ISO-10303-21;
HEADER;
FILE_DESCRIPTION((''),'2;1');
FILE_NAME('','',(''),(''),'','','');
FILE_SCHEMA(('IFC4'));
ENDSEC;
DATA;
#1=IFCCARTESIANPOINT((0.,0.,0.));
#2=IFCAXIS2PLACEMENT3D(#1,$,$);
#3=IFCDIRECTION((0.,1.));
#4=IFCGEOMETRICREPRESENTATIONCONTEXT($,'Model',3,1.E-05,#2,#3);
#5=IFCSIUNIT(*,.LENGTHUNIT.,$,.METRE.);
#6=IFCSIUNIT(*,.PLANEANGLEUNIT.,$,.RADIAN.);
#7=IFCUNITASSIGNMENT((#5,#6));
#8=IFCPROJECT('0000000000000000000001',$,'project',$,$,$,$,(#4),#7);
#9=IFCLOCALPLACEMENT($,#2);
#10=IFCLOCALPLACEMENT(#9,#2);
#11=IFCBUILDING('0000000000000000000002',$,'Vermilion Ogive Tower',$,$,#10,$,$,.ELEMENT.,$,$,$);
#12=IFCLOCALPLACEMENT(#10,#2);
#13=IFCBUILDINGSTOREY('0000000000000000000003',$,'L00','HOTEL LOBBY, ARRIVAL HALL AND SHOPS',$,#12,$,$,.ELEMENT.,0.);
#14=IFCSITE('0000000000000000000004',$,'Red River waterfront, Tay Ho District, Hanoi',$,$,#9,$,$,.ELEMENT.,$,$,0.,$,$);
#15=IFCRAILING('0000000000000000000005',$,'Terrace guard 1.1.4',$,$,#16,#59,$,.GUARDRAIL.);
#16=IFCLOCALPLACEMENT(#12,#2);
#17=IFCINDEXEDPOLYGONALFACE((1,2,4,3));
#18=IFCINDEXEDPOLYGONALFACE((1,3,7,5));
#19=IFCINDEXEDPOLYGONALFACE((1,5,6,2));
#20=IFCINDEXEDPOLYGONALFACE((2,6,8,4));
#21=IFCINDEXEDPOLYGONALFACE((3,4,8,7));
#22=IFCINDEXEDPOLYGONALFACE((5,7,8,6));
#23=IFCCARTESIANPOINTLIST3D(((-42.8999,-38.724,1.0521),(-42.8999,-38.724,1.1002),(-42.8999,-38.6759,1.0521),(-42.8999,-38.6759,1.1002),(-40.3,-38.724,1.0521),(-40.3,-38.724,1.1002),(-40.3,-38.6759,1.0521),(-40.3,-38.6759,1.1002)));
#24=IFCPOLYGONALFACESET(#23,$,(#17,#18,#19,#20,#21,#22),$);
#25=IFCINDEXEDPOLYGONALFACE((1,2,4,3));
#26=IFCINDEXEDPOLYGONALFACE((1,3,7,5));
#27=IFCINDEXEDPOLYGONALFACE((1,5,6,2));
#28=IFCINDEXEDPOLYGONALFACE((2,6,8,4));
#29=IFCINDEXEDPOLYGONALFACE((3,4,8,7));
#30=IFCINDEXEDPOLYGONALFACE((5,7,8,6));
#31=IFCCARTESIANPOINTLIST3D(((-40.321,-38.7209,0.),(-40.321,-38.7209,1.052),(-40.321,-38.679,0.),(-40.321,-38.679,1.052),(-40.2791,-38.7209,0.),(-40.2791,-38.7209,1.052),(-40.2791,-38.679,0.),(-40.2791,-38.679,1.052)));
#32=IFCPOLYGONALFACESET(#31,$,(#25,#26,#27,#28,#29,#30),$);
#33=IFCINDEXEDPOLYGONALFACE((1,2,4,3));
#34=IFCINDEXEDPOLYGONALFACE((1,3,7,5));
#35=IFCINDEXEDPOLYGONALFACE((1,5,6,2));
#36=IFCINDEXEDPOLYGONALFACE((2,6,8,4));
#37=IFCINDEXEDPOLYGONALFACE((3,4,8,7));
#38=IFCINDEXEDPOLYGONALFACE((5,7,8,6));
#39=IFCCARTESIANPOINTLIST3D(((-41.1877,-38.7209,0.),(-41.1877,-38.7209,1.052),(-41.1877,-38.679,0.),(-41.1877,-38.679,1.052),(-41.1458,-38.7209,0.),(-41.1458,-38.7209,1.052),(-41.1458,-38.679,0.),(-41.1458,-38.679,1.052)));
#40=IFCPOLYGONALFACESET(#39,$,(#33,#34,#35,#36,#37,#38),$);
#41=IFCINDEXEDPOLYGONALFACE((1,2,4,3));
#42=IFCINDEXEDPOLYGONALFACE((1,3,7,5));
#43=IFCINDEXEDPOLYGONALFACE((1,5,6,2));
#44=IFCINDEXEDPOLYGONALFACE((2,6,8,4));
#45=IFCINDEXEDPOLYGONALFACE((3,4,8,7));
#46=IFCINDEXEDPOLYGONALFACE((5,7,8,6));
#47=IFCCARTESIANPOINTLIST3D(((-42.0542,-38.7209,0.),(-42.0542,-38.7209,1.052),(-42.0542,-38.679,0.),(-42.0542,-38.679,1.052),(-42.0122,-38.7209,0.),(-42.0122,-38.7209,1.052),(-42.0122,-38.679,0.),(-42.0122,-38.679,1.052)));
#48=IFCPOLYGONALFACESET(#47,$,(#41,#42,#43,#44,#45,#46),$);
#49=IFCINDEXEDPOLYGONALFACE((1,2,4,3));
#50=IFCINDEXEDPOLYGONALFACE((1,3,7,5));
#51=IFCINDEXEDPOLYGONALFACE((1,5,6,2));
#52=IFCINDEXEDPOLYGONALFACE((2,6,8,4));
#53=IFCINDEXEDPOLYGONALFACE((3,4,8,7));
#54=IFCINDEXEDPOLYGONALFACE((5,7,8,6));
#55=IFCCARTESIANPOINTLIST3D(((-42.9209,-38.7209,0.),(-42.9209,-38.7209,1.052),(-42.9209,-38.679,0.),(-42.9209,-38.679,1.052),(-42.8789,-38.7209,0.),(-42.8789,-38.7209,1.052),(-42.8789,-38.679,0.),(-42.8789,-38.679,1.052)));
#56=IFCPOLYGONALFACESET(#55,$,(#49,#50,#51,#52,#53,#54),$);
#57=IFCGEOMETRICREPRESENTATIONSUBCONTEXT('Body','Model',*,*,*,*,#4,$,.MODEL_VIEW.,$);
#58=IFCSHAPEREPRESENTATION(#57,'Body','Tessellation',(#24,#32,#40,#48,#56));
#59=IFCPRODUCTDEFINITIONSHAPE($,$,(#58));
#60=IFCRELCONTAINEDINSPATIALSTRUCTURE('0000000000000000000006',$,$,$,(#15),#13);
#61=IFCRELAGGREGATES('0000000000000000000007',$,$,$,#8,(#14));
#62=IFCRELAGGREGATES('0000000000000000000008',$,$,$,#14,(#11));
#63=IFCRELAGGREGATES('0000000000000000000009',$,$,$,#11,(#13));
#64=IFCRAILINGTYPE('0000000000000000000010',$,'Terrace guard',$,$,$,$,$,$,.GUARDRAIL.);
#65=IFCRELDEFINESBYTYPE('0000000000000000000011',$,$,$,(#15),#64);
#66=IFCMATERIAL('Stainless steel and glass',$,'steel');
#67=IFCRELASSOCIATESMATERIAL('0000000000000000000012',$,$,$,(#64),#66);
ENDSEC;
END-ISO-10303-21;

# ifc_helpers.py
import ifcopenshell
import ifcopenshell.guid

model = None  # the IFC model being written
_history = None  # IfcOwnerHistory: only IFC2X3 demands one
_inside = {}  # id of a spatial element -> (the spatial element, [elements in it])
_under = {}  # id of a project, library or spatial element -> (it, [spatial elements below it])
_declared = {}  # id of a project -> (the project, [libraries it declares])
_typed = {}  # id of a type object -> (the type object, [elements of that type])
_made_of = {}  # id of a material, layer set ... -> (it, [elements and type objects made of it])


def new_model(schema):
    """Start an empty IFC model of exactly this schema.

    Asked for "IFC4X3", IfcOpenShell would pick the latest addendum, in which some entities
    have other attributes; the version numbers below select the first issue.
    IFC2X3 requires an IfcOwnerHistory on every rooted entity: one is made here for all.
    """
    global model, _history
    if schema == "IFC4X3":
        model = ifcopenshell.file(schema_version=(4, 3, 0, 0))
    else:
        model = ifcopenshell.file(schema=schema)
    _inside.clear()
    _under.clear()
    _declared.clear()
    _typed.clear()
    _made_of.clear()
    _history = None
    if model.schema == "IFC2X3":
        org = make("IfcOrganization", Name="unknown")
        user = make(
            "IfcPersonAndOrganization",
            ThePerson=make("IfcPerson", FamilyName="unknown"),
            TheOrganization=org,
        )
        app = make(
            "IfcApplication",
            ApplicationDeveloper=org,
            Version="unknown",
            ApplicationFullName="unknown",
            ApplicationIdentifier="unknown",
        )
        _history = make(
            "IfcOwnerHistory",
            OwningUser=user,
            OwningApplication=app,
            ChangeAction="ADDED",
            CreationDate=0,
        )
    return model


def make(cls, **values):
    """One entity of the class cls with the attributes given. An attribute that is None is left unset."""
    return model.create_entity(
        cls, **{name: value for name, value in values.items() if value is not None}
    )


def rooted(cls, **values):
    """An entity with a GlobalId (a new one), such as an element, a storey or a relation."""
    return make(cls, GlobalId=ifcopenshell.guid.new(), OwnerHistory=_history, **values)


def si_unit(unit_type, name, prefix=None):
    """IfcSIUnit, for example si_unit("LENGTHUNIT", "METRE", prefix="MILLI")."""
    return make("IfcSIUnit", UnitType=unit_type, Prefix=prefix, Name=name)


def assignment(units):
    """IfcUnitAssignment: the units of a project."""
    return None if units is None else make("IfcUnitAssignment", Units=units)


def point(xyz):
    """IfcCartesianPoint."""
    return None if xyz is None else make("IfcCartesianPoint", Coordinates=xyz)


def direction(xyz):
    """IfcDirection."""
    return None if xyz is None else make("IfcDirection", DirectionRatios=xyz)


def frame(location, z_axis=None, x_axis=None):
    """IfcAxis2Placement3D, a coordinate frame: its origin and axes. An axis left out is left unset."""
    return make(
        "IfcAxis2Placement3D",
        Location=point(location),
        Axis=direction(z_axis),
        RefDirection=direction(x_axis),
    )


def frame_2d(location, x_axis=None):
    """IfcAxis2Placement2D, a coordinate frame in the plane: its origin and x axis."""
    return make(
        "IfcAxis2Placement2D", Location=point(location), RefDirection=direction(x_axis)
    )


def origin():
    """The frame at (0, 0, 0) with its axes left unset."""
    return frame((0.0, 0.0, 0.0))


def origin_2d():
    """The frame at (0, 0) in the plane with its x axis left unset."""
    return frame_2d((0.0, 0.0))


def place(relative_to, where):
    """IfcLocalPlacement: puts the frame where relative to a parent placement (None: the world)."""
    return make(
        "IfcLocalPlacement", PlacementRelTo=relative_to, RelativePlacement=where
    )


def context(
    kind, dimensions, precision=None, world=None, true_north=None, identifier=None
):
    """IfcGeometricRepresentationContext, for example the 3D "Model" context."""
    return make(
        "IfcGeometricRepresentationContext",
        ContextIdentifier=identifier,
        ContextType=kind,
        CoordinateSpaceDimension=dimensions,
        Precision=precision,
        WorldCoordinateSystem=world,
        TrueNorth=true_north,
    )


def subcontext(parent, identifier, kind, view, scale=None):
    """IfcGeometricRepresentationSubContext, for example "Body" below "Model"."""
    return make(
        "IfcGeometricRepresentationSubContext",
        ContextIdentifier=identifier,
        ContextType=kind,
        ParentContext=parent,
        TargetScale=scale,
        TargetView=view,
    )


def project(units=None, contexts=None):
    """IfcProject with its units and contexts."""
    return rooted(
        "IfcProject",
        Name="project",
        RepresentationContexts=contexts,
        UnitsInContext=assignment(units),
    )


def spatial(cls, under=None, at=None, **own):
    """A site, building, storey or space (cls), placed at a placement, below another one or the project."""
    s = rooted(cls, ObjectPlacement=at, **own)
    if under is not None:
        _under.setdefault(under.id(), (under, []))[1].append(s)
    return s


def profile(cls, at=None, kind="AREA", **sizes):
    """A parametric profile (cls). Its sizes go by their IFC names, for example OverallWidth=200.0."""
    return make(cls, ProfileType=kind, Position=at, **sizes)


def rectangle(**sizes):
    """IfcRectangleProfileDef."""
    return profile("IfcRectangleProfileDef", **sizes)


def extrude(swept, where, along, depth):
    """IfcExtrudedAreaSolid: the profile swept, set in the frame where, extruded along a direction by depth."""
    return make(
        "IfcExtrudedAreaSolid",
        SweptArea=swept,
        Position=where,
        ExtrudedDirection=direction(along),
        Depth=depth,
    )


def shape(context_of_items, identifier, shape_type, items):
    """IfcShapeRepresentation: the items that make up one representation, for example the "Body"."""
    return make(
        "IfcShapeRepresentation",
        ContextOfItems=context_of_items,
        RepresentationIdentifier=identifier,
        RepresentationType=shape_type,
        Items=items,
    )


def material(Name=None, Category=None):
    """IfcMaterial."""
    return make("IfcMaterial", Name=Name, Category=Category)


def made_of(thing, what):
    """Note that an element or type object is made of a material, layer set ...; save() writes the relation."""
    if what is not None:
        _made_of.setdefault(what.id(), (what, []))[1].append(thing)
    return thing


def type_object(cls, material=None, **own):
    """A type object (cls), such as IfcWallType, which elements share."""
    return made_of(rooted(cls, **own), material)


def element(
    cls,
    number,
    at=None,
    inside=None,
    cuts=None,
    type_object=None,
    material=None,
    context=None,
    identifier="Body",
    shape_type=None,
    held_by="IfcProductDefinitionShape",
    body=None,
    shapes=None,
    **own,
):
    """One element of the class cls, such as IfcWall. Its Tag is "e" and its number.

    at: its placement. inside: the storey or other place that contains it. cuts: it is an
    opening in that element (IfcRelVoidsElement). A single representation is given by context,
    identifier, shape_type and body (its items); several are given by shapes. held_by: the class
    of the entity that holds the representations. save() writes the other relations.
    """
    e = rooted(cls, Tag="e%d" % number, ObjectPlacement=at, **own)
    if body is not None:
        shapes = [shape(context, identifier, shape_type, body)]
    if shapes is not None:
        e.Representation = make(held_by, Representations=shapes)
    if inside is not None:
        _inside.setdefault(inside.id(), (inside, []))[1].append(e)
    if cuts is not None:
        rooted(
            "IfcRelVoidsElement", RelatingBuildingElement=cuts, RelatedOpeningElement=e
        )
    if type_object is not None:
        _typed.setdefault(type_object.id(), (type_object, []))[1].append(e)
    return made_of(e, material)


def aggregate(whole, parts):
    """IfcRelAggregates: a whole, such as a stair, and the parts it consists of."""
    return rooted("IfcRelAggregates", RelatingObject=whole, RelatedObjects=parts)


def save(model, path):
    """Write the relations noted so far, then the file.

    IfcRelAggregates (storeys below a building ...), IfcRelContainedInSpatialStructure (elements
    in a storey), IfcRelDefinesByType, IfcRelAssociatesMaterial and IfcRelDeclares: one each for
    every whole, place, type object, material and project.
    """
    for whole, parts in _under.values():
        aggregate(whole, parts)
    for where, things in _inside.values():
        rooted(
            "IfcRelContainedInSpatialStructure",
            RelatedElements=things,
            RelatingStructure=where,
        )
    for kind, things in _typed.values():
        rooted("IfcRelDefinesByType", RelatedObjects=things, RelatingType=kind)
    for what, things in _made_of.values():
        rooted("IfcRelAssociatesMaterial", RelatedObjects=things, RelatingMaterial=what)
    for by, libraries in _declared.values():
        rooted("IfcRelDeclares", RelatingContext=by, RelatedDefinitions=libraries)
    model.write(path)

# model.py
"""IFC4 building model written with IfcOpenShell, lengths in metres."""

from ifc_helpers import new_model, si_unit, direction, frame, origin, origin_2d, place, context, subcontext, project, spatial, rectangle, extrude, material, type_object, element, save


model = new_model("IFC4")

# Units and contexts
model_context = context("Model", 3, precision=1e-05, world=origin(), true_north=direction((0.0, 1.0)))
body_context = subcontext(model_context, "Body", "Model", "MODEL_VIEW")
ifc_project = project(units=[si_unit("LENGTHUNIT", "METRE"), si_unit("PLANEANGLEUNIT", "RADIAN")], contexts=[model_context])

# Site, building, storey
site_placement = place(None, origin())
site = spatial("IfcSite", under=ifc_project, at=site_placement, Name="Red River waterfront, Tay Ho District, Hanoi", CompositionType="ELEMENT", RefElevation=0.0)
building_placement = place(site_placement, origin())
building = spatial("IfcBuilding", under=site, at=building_placement, Name="Vermilion Ogive Tower", CompositionType="ELEMENT")
storey_placement = place(building_placement, origin())
storey = spatial("IfcBuildingStorey", under=building, at=storey_placement, Name="L00", Description="HOTEL LOBBY, ARRIVAL HALL AND SHOPS", CompositionType="ELEMENT", Elevation=0.0)

# Railing
ifc_material_1 = material(Name="Stainless steel and glass", Category="steel")
railing_type_1 = type_object("IfcRailingType", Name="Terrace guard", PredefinedType="GUARDRAIL", material=ifc_material_1)
railing_1_placement = place(storey_placement, frame((-40.3, -38.7, 0.0)))
element("IfcRailing", 1, at=railing_1_placement, inside=storey, type_object=railing_type_1, Name="Terrace guard 1.1.4", PredefinedType="GUARDRAIL", context=body_context, shape_type="SweptSolid", body=[
    extrude(rectangle(XDim=0.0481, YDim=0.0481, at=origin_2d()), frame((0.0, 0.0, 1.0762), z_axis=(-1.0, 0.0, 0.0), x_axis=(0.0, -1.0, 0.0)), (0.0, 0.0, 1.0), 2.5999),
    extrude(rectangle(XDim=0.042, YDim=0.042, at=origin_2d()), origin(), (0.0, 0.0, 1.0), 1.052),
    extrude(rectangle(XDim=0.042, YDim=0.042, at=origin_2d()), frame((-0.8667, 0.0, 0.0)), (0.0, 0.0, 1.0), 1.052),
    extrude(rectangle(XDim=0.042, YDim=0.042, at=origin_2d()), frame((-1.7332, 0.0, 0.0)), (0.0, 0.0, 1.0), 1.052),
    extrude(rectangle(XDim=0.042, YDim=0.042, at=origin_2d()), frame((-2.5999, 0.0, 0.0)), (0.0, 0.0, 1.0), 1.052),
])

save(model, "model.ifc")
